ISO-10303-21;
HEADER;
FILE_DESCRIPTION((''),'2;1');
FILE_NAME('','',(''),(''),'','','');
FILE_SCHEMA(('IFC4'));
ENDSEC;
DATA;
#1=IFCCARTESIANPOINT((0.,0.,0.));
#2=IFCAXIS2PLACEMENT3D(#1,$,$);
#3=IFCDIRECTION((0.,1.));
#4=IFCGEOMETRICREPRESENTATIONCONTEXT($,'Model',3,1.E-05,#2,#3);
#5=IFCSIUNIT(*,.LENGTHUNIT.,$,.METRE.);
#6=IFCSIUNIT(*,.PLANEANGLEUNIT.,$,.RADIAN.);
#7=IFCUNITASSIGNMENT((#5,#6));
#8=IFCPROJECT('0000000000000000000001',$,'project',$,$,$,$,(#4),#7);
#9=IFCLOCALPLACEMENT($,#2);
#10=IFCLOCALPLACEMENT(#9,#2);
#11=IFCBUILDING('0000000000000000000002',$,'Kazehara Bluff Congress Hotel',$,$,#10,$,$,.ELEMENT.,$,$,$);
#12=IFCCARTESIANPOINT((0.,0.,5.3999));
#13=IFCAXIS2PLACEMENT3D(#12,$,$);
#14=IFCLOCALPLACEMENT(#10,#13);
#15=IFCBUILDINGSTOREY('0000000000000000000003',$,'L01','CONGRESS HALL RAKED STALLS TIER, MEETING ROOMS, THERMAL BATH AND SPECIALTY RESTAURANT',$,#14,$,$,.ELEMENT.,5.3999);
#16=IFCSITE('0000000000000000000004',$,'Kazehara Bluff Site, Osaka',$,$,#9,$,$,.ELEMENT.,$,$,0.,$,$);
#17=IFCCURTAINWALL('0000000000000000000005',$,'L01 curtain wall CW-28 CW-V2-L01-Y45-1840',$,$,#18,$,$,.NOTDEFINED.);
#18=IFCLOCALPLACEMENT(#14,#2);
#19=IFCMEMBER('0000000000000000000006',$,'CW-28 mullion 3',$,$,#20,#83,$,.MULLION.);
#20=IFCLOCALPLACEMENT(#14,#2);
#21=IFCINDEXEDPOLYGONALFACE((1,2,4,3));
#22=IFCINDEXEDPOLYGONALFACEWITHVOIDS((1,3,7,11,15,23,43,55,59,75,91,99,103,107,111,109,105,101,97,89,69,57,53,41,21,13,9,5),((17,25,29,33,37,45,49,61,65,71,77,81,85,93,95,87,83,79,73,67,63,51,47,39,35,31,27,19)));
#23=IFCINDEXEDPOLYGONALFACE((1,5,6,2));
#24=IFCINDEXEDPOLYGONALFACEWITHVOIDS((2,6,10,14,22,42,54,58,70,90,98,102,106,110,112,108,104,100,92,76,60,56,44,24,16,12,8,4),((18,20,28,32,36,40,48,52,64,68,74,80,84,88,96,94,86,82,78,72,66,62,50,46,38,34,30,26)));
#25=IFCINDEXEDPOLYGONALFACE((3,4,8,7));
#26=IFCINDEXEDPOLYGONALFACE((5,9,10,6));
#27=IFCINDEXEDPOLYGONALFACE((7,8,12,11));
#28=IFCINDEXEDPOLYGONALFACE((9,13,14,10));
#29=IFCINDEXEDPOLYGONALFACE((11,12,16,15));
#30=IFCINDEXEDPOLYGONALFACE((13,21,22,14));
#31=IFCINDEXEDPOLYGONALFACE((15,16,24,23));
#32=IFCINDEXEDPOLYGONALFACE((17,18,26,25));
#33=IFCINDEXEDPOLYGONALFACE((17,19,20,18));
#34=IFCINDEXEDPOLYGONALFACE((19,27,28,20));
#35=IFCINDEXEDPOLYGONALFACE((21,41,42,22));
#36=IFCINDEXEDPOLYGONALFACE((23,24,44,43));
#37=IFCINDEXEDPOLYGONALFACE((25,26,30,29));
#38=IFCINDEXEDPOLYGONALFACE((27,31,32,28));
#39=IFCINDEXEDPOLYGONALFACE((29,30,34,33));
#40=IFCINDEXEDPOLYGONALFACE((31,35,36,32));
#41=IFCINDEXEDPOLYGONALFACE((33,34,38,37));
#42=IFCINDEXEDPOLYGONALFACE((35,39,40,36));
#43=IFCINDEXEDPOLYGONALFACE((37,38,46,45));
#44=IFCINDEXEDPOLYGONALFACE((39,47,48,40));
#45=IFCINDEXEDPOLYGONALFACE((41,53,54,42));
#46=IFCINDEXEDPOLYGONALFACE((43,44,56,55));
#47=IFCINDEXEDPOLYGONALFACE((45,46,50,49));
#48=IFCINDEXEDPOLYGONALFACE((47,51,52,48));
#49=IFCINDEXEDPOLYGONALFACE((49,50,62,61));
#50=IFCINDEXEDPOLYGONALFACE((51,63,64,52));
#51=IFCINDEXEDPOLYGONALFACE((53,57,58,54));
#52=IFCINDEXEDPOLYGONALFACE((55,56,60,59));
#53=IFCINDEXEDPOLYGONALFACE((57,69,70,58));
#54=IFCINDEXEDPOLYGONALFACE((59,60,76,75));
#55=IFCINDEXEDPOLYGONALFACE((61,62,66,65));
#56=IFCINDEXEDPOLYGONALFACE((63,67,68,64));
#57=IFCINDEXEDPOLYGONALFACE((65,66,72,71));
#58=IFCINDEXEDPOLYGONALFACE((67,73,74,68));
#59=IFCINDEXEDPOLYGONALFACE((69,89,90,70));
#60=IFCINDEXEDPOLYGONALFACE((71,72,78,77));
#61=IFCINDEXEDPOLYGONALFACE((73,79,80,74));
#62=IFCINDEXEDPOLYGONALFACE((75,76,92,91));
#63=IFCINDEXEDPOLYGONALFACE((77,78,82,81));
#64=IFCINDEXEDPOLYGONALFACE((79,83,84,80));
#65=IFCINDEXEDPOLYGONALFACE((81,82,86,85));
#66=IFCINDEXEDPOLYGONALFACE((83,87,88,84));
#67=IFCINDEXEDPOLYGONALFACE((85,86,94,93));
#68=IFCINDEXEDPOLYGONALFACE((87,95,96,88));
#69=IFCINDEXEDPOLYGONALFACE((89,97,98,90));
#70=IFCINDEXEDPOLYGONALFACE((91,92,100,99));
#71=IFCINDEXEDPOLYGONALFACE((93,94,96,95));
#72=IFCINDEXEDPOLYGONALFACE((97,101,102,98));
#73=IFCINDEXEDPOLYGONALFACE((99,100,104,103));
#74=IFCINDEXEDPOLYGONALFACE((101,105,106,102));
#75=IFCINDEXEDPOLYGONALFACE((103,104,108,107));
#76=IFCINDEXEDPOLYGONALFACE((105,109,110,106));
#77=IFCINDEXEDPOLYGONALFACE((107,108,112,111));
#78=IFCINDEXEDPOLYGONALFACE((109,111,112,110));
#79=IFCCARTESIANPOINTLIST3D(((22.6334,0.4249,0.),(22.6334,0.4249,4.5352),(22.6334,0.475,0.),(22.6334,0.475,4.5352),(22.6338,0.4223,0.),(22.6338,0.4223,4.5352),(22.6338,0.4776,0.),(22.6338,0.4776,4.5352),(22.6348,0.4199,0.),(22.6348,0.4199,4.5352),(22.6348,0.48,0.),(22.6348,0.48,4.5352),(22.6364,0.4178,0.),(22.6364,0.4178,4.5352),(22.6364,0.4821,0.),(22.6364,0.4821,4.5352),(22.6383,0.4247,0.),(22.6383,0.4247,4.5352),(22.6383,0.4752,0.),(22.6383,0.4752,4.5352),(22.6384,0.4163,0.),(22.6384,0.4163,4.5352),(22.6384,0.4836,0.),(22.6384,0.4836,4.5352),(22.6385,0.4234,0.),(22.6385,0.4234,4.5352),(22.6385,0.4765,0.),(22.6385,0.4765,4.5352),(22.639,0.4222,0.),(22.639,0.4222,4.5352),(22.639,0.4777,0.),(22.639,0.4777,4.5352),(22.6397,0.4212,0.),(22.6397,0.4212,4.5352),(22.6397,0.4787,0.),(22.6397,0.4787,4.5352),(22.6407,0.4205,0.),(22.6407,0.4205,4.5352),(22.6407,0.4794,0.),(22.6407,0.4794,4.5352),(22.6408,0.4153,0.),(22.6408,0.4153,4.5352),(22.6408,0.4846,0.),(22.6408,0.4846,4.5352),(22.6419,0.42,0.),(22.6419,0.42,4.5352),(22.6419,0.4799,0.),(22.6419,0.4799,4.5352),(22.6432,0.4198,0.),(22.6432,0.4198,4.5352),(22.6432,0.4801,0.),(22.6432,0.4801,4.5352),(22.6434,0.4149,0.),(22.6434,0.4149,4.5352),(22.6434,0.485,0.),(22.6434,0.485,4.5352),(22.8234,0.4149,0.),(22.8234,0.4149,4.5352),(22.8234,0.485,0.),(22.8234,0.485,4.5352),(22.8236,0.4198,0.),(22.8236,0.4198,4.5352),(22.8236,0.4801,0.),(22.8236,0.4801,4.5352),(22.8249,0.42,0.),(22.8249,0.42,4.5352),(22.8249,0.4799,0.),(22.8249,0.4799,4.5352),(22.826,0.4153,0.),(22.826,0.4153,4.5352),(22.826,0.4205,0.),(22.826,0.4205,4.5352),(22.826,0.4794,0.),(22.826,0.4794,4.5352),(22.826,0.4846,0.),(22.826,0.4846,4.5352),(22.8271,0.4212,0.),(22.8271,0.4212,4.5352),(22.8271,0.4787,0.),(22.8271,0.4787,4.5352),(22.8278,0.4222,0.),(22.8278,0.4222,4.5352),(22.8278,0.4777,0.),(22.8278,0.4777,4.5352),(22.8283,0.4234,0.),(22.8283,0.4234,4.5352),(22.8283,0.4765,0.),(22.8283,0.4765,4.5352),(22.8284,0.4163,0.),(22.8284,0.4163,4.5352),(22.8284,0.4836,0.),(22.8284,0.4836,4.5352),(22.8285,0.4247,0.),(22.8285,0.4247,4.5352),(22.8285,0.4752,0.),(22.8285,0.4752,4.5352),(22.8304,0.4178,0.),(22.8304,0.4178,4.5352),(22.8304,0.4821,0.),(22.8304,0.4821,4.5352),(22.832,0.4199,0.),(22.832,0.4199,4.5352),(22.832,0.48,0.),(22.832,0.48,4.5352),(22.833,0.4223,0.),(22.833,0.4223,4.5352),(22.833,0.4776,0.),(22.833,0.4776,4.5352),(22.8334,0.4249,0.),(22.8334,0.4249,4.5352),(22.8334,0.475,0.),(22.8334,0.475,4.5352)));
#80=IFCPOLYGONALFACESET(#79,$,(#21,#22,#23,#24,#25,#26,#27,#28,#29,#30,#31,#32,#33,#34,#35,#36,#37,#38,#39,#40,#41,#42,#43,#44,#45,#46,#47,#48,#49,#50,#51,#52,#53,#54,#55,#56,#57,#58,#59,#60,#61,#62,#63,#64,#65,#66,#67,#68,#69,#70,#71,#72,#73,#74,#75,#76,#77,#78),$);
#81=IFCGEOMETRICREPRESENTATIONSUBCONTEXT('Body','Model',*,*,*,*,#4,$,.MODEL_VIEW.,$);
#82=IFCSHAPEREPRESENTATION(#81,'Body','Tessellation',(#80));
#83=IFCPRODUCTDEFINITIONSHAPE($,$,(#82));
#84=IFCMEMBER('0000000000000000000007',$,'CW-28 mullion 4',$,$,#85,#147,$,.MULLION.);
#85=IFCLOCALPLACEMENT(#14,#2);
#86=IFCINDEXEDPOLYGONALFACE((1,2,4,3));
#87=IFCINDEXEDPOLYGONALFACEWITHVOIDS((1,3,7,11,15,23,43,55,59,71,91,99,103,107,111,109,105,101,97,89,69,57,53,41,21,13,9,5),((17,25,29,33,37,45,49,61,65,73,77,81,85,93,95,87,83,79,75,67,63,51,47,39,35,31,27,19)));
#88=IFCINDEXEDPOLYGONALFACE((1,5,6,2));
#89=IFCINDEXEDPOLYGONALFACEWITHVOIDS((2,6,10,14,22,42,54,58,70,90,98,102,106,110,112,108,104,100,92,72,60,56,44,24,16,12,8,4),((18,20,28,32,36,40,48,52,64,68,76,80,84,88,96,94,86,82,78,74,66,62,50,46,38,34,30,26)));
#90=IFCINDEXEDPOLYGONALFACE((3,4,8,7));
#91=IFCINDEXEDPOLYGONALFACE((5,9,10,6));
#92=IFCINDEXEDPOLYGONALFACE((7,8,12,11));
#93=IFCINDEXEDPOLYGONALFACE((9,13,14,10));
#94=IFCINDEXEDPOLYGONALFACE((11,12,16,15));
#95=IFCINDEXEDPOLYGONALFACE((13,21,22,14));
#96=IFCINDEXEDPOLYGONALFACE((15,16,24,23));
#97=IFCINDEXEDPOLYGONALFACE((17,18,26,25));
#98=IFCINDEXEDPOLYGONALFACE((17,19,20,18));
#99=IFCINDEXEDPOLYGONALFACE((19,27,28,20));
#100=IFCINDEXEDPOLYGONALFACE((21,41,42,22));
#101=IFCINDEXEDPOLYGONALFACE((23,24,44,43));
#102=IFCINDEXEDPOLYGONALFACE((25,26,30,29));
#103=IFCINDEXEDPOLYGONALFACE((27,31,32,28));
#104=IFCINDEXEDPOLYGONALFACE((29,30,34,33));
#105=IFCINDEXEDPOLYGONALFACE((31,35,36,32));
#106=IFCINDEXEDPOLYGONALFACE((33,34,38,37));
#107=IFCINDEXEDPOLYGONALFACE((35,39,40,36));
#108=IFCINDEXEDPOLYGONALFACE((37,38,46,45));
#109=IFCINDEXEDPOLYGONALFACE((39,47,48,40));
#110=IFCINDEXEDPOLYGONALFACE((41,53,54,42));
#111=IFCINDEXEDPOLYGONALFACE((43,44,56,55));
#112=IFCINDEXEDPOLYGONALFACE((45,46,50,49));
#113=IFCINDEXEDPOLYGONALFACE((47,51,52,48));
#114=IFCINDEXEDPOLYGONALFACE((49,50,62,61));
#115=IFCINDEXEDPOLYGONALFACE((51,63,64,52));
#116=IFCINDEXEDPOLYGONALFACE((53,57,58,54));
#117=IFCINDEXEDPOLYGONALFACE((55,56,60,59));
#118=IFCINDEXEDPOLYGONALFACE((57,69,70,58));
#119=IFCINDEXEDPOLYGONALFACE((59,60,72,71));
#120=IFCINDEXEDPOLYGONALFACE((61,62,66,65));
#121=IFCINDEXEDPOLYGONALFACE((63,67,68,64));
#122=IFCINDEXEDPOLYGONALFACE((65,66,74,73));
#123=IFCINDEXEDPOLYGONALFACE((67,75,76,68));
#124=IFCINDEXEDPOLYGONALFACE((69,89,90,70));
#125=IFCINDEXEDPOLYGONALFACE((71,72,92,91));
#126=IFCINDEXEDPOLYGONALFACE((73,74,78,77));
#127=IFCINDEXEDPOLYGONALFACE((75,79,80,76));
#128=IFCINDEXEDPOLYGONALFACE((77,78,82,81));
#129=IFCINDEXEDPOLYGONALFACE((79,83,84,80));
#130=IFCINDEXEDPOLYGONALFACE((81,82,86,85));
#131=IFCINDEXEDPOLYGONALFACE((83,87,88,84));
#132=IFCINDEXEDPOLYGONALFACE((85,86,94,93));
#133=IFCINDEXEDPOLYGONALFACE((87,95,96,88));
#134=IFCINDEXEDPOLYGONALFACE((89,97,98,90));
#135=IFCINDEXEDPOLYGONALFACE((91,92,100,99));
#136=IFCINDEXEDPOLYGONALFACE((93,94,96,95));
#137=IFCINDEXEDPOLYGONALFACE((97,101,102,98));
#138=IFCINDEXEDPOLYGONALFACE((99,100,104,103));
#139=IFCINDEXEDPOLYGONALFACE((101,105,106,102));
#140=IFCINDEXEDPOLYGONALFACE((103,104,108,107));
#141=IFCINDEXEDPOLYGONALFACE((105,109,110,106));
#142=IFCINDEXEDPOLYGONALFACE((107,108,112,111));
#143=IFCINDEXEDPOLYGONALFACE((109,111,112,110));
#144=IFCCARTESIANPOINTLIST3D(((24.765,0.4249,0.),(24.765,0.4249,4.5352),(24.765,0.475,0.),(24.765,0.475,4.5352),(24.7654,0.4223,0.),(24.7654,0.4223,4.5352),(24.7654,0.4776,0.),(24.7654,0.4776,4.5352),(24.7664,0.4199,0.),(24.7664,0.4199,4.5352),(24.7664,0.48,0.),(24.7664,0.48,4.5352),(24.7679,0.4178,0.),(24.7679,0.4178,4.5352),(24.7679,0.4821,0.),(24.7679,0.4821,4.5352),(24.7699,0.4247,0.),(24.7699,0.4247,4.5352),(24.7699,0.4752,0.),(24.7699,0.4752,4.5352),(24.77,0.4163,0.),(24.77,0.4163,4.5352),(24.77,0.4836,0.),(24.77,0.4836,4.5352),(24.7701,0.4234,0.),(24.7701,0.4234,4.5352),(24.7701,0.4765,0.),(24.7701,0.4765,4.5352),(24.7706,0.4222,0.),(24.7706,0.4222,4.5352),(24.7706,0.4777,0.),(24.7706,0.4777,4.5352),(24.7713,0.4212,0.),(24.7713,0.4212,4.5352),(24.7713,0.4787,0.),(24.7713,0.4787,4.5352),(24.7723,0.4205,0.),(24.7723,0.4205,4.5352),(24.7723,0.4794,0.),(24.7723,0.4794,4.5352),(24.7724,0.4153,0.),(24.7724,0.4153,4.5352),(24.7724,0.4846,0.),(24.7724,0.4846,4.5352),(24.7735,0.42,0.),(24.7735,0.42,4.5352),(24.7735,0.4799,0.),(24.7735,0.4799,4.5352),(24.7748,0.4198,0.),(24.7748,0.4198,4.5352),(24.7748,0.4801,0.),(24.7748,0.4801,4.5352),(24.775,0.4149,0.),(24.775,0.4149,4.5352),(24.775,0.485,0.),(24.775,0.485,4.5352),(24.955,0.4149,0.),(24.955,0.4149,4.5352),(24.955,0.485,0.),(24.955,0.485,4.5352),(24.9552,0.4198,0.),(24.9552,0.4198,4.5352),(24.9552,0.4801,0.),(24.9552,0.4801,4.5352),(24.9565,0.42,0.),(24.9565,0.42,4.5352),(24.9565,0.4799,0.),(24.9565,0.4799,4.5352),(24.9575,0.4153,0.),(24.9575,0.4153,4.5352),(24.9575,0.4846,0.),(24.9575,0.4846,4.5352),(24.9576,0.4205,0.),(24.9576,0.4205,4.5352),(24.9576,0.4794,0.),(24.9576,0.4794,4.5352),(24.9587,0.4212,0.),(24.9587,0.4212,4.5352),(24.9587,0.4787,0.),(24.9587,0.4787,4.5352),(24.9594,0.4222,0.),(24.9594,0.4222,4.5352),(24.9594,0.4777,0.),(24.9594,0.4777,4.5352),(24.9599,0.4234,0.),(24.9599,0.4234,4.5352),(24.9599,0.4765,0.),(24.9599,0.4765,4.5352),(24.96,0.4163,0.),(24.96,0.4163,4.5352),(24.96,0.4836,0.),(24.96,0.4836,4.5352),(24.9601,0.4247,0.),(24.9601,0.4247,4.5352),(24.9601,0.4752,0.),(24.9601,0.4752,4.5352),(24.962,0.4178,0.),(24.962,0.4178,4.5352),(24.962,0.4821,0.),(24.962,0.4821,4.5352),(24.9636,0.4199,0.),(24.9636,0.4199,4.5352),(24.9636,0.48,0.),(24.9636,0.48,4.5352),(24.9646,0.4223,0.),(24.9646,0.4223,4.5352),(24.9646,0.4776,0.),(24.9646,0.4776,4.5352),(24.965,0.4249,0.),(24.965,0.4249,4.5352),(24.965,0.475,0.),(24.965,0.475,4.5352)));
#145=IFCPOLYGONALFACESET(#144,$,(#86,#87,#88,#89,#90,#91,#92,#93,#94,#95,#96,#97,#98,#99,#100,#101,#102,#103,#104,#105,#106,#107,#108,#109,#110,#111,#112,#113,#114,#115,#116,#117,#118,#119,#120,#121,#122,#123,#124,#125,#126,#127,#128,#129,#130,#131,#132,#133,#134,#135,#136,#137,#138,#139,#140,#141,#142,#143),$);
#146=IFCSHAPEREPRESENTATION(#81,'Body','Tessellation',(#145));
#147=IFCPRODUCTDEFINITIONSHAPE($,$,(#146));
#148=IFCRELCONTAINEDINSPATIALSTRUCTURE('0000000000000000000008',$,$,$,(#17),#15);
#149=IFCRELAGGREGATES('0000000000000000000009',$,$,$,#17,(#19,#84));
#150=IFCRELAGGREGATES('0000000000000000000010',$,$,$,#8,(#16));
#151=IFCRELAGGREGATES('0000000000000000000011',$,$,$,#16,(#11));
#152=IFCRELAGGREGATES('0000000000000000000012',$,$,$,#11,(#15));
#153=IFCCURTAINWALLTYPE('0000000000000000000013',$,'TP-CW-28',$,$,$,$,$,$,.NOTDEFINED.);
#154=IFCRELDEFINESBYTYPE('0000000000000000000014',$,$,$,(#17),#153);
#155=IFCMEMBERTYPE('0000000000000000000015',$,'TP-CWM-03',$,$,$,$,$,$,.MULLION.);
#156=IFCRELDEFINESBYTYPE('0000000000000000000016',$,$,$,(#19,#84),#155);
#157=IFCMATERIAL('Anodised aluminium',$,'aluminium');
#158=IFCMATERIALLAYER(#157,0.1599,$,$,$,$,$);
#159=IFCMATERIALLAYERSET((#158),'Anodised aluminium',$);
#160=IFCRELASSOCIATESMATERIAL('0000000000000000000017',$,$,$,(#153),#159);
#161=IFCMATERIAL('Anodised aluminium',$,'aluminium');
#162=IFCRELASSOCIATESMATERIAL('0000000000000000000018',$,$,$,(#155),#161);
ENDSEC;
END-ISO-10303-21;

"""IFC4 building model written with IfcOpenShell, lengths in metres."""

from ifc_helpers import new_model, si_unit, direction, frame, origin, origin_2d, place, context, subcontext, project, spatial, hollow_rectangle, extrude, material, layer, layer_set, material_profile, profile_set, type_object, element, aggregate, save


model = new_model("IFC4")

# Units and contexts
model_context = context("Model", 3, precision=1e-05, world=origin(), true_north=direction((0.0, 1.0)))
body_context = subcontext(model_context, "Body", "Model", "MODEL_VIEW")
ifc_project = project(units=[si_unit("LENGTHUNIT", "METRE"), si_unit("PLANEANGLEUNIT", "RADIAN")], contexts=[model_context])

# Site, building, storey
site_placement = place(None, origin())
site = spatial("IfcSite", under=ifc_project, at=site_placement, Name="Kazehara Bluff Site, Osaka", CompositionType="ELEMENT", RefElevation=0.0)
building_placement = place(site_placement, origin())
building = spatial("IfcBuilding", under=site, at=building_placement, Name="Kazehara Bluff Congress Hotel", CompositionType="ELEMENT")
storey_placement = place(building_placement, frame((0.0, 0.0, 5.3999)))
storey = spatial("IfcBuildingStorey", under=building, at=storey_placement, Name="L01", Description="CONGRESS HALL RAKED STALLS TIER, MEETING ROOMS, THERMAL BATH AND SPECIALTY RESTAURANT", CompositionType="ELEMENT", Elevation=5.3999)

# Curtain wall, members
ifc_material_1 = material(Name="Anodised aluminium", Category="aluminium")
ifc_layer_1 = layer(ifc_material_1, 0.1599)
ifc_layer_set_1 = layer_set([ifc_layer_1], Name="Anodised aluminium")
curtain_wall_type_1 = type_object("IfcCurtainWallType", Name="TP-CW-28", PredefinedType="NOTDEFINED", material=ifc_layer_set_1)
curtain_wall_1_placement = place(storey_placement, origin())
curtain_wall_1 = element("IfcCurtainWall", 1, at=curtain_wall_1_placement, inside=storey, type_object=curtain_wall_type_1, Name="L01 curtain wall CW-28 CW-V2-L01-Y45-1840", PredefinedType="NOTDEFINED")
ifc_material_2 = material(Name="Anodised aluminium", Category="aluminium")
ifc_material_profile_1 = material_profile(ifc_material_2, hollow_rectangle(XDim=0.0701, YDim=0.2, WallThickness=0.0049, InnerFilletRadius=0.0049, OuterFilletRadius=0.01, at=origin_2d()))
ifc_profile_set_1 = profile_set([ifc_material_profile_1], Name="Anodised aluminium")
member_type_1 = type_object("IfcMemberType", Name="TP-CWM-03", PredefinedType="MULLION", material=ifc_profile_set_1)
member_1_placement = place(storey_placement, frame((22.7334, 0.45, 0.0), z_axis=(0.0, 0.0, 1.0), x_axis=(0.0, 1.0, 0.0)))
member_1 = element("IfcMember", 2, at=member_1_placement, type_object=member_type_1, Name="CW-28 mullion 3", PredefinedType="MULLION", context=body_context, shape_type="SweptSolid", body=[
    extrude(hollow_rectangle(XDim=0.0701, YDim=0.2, WallThickness=0.0049, InnerFilletRadius=0.0049, OuterFilletRadius=0.01, at=origin_2d()), origin(), (0.0, 0.0, 1.0), 4.5352),
])
member_2_placement = place(storey_placement, frame((24.865, 0.45, 0.0), z_axis=(0.0, 0.0, 1.0), x_axis=(0.0, 1.0, 0.0)))
member_2 = element("IfcMember", 3, at=member_2_placement, type_object=member_type_1, Name="CW-28 mullion 4", PredefinedType="MULLION", context=body_context, shape_type="SweptSolid", body=[
    extrude(hollow_rectangle(XDim=0.0701, YDim=0.2, WallThickness=0.0049, InnerFilletRadius=0.0049, OuterFilletRadius=0.01, at=origin_2d()), origin(), (0.0, 0.0, 1.0), 4.5352),
])

aggregate(curtain_wall_1, [member_1, member_2])

save(model, "model.ifc")
